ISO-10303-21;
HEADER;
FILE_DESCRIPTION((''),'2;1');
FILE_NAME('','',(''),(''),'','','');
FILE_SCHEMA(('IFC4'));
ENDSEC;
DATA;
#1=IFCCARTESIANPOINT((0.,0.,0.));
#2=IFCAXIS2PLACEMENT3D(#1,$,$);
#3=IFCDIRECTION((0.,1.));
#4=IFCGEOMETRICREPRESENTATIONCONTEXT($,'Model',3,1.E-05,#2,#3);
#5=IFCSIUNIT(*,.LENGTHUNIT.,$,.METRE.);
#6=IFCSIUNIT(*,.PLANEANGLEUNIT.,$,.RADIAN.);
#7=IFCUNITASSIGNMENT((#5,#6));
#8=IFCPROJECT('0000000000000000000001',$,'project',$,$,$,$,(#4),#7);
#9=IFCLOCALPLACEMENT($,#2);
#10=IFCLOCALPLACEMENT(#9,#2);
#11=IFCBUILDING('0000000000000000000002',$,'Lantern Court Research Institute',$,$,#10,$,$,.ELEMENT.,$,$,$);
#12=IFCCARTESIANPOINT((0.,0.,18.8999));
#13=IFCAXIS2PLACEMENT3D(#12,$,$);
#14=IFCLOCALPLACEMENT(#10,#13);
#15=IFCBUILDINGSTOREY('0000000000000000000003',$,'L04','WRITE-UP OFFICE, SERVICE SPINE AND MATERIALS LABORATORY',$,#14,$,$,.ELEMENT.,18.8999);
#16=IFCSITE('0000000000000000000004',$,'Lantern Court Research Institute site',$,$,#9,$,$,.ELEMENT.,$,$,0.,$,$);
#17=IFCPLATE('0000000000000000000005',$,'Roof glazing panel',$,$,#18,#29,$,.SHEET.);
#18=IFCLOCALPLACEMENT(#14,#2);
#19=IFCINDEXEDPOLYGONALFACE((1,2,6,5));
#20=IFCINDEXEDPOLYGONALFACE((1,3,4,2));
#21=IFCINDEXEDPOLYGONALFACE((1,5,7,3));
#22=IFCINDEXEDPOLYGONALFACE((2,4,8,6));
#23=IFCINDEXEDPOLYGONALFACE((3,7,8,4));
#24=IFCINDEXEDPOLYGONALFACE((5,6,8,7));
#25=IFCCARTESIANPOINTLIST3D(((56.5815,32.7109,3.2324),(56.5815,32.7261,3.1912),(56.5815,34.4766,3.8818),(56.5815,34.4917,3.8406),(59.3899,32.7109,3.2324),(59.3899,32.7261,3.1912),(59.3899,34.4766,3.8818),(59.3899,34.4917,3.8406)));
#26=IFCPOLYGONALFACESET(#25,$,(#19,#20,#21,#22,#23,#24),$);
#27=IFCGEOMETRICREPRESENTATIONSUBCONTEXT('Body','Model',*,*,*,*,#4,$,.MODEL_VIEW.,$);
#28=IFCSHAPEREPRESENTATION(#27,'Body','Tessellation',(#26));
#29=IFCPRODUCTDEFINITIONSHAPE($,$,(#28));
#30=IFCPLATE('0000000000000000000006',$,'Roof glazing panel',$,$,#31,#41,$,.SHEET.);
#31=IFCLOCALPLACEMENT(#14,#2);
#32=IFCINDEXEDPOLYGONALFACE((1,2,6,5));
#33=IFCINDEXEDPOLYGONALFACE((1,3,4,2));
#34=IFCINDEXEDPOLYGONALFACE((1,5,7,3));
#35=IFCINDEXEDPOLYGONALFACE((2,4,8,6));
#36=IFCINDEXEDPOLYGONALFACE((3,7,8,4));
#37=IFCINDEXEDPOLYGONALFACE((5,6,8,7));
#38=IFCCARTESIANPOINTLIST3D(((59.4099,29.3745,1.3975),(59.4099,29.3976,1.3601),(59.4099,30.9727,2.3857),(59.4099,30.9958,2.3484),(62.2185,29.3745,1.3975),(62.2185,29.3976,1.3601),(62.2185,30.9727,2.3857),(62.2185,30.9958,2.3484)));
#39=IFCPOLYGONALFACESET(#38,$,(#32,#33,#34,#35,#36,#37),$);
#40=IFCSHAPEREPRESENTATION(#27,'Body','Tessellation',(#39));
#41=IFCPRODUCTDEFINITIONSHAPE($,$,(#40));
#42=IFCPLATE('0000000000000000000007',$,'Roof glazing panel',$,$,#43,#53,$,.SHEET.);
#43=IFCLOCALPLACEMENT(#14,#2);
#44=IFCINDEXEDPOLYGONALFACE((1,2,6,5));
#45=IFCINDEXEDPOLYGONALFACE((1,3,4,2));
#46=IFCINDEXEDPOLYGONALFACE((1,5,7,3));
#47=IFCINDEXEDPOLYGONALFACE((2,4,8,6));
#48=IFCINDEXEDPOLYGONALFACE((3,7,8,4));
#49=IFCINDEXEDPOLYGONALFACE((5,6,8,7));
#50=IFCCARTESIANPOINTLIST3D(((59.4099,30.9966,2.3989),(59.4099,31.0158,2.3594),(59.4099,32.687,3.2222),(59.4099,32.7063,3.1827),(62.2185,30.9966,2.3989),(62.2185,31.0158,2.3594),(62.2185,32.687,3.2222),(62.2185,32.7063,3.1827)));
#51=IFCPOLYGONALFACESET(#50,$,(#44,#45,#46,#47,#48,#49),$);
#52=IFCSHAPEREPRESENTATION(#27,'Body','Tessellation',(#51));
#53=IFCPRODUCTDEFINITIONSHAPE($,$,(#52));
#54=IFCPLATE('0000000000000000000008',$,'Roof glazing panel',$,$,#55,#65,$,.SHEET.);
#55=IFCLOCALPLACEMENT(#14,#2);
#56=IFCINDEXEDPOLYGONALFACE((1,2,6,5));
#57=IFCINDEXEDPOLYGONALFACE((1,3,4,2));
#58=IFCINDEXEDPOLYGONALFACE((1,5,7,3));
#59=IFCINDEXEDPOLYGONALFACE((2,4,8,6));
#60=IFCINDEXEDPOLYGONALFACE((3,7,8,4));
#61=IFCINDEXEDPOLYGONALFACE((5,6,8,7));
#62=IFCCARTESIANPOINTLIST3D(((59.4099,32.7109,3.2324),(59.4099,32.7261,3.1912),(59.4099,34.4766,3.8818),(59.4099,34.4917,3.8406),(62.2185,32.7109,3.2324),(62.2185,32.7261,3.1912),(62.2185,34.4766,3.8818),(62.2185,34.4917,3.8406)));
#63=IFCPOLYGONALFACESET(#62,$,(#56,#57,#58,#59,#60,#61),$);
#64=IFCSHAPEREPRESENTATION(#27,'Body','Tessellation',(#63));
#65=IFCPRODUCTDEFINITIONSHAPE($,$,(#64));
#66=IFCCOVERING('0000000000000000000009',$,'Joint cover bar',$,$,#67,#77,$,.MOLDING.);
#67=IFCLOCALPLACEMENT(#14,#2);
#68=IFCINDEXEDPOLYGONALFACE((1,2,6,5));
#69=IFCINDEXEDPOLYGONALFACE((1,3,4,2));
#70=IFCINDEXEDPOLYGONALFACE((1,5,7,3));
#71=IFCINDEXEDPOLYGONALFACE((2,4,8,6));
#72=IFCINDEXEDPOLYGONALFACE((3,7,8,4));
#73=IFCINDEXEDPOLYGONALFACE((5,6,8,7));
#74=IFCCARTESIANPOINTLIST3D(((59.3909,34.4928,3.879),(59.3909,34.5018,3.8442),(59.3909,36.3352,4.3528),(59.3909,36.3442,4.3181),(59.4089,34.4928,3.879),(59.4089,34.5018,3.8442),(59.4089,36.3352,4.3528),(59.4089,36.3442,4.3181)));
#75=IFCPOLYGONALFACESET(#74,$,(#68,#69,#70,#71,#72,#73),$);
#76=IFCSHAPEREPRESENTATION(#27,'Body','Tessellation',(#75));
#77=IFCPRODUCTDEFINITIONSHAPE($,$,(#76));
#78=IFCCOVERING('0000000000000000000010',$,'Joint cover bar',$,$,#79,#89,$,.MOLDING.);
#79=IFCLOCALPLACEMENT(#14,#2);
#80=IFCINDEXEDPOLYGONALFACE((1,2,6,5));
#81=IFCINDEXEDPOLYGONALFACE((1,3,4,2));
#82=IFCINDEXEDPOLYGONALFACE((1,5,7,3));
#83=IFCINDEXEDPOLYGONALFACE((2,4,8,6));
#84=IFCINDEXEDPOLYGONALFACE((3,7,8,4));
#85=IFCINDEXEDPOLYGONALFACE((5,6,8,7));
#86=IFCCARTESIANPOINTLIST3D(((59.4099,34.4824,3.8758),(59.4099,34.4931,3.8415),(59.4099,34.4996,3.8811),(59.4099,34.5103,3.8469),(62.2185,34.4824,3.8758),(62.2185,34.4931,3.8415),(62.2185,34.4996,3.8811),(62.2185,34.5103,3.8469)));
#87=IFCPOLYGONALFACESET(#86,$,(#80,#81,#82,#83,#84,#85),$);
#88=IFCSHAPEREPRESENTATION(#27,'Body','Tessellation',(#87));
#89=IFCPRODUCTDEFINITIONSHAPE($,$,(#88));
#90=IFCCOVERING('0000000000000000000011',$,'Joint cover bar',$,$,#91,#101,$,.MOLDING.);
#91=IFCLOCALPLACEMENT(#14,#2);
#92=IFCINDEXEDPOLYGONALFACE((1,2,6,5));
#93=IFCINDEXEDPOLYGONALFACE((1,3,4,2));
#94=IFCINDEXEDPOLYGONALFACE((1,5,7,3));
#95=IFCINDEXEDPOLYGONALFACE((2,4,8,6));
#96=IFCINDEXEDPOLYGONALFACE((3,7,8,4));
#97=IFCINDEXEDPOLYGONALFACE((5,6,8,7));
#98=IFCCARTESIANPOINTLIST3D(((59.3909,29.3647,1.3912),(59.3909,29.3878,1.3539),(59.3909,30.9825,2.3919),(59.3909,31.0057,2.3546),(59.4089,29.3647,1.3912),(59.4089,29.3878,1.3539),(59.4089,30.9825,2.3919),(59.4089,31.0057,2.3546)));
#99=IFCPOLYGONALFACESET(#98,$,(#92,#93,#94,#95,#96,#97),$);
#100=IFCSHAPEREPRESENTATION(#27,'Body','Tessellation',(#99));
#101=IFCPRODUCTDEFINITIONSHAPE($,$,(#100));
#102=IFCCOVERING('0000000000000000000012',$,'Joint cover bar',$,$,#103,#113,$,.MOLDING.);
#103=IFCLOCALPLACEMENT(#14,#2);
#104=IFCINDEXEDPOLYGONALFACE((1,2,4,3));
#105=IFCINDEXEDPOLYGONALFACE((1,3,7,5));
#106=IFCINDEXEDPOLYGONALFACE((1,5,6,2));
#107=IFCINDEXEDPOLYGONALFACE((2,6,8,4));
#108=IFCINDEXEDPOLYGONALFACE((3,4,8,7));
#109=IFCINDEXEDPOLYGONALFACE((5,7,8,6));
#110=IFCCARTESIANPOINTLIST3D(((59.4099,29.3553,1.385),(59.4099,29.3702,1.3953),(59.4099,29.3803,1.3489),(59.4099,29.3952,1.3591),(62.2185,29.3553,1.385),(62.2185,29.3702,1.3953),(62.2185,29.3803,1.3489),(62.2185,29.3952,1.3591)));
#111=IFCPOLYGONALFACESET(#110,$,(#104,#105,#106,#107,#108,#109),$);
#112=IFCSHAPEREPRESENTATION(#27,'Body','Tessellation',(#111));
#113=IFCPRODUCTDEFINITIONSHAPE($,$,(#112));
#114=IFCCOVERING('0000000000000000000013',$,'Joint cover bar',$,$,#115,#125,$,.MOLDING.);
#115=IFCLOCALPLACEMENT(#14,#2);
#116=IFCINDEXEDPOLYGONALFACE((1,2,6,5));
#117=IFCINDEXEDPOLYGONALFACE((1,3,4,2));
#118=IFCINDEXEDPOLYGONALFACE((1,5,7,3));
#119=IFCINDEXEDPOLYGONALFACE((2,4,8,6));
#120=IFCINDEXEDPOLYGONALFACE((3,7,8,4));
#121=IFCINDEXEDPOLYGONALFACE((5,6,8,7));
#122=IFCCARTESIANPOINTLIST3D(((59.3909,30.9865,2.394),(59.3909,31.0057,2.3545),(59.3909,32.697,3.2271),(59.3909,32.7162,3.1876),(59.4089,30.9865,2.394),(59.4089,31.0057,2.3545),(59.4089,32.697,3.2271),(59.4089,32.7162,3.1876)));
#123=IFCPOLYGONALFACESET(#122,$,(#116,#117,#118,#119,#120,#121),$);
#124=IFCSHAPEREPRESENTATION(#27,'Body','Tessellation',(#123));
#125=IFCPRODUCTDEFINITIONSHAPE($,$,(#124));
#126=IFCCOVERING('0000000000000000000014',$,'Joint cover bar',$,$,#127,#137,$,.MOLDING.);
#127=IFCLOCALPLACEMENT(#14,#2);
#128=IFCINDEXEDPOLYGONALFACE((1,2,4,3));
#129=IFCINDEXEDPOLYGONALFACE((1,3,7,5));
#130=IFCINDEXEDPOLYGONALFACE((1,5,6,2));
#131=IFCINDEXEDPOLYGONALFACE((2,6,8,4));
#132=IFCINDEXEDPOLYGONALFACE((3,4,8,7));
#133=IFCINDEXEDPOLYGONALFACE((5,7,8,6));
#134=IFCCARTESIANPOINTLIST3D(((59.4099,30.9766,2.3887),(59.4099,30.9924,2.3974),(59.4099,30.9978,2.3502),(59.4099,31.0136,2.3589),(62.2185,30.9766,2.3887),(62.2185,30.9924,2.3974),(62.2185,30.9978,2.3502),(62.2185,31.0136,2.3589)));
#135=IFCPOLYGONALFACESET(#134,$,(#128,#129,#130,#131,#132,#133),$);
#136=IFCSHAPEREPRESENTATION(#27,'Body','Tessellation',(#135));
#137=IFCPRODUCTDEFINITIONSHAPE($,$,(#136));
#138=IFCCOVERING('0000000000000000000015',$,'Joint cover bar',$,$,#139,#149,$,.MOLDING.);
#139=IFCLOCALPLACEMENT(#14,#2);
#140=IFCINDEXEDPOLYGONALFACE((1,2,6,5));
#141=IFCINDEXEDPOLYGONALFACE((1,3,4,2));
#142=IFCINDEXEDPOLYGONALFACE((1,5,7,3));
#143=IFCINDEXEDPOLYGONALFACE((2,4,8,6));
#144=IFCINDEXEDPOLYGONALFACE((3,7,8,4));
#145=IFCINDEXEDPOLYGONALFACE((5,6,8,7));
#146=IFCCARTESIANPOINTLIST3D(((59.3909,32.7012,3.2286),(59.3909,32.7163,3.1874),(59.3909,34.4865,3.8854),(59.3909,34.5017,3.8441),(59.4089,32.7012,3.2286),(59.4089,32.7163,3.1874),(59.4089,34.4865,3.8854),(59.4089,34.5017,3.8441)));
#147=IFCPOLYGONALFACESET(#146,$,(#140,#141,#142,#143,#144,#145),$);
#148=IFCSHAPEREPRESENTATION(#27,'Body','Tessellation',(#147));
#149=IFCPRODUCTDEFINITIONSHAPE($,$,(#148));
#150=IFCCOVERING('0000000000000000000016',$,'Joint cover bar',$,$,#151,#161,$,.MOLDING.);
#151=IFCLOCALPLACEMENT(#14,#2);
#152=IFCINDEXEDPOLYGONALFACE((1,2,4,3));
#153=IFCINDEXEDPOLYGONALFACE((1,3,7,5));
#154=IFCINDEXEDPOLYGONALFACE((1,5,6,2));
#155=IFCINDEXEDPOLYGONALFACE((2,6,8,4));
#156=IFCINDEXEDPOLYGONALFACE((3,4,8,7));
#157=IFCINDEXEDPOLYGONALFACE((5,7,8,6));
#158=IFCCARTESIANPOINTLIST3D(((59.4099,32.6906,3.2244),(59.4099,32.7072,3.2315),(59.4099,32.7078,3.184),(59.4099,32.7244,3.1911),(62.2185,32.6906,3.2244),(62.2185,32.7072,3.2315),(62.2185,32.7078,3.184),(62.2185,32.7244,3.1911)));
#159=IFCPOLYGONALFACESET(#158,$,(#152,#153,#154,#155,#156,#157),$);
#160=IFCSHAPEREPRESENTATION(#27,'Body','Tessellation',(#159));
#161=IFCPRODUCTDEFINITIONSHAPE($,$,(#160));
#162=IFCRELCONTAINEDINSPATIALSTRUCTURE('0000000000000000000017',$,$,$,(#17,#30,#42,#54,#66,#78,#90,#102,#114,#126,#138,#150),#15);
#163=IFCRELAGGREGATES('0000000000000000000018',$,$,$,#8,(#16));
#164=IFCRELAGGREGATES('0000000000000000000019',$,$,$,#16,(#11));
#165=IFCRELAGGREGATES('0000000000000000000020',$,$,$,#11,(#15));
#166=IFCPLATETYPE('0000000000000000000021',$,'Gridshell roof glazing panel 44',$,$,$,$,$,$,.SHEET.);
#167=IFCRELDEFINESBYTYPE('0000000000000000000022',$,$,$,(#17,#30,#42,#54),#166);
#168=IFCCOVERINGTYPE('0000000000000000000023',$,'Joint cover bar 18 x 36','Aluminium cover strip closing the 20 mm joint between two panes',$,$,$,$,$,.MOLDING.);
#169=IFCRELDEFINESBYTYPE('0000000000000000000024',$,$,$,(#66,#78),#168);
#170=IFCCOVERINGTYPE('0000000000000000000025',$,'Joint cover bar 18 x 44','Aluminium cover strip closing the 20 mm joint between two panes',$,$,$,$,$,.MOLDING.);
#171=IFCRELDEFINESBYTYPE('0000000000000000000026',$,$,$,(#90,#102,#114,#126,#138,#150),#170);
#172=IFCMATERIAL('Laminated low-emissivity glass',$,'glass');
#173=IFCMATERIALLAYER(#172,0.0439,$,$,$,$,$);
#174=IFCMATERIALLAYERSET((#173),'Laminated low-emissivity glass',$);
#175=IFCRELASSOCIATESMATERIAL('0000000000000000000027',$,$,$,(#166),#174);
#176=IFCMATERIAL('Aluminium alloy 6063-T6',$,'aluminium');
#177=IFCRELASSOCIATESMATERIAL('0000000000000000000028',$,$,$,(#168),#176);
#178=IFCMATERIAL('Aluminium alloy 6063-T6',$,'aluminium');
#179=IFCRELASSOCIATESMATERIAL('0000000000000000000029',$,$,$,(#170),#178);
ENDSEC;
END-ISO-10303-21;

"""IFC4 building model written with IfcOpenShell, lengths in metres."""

from ifc_helpers import new_model, si_unit, direction, frame, origin, origin_2d, place, context, subcontext, project, spatial, polyline, rectangle, outline, extrude, material, layer, layer_set, material_profile, profile_set, type_object, element, save


model = new_model("IFC4")

# Units and contexts
model_context = context("Model", 3, precision=1e-05, world=origin(), true_north=direction((0.0, 1.0)))
body_context = subcontext(model_context, "Body", "Model", "MODEL_VIEW")
ifc_project = project(units=[si_unit("LENGTHUNIT", "METRE"), si_unit("PLANEANGLEUNIT", "RADIAN")], contexts=[model_context])

# Site, building, storey
site_placement = place(None, origin())
site = spatial("IfcSite", under=ifc_project, at=site_placement, Name="Lantern Court Research Institute site", CompositionType="ELEMENT", RefElevation=0.0)
building_placement = place(site_placement, origin())
building = spatial("IfcBuilding", under=site, at=building_placement, Name="Lantern Court Research Institute", CompositionType="ELEMENT")
storey_placement = place(building_placement, frame((0.0, 0.0, 18.8999)))
storey = spatial("IfcBuildingStorey", under=building, at=storey_placement, Name="L04", Description="WRITE-UP OFFICE, SERVICE SPINE AND MATERIALS LABORATORY", CompositionType="ELEMENT", Elevation=18.8999)

# Plates
ifc_material_1 = material(Name="Laminated low-emissivity glass", Category="glass")
ifc_layer_1 = layer(ifc_material_1, 0.0439)
ifc_layer_set_1 = layer_set([ifc_layer_1], Name="Laminated low-emissivity glass")
plate_type_1 = type_object("IfcPlateType", Name="Gridshell roof glazing panel 44", PredefinedType="SHEET", material=ifc_layer_set_1)
plate_1_placement = place(storey_placement, frame((59.3899, 32.7109, 3.2324), z_axis=(0.0, -0.3452, 0.938529), x_axis=(-1.0, 0.0, 0.0)))
element("IfcPlate", 1, at=plate_1_placement, inside=storey, type_object=plate_type_1, Name="Roof glazing panel", PredefinedType="SHEET", context=body_context, shape_type="SweptSolid", body=[
    extrude(outline(polyline([(0.0, 0.0), (2.8083, 0.0), (2.8083, -1.8813), (0.0, -1.8813), (0.0, 0.0)])), origin(), (0.0, 0.0, -1.0), 0.0439),
])
plate_2_placement = place(storey_placement, frame((62.2185, 29.3745, 1.3975), z_axis=(0.0, -0.525952, 0.850514), x_axis=(-1.0, 0.0, 0.0)))
element("IfcPlate", 2, at=plate_2_placement, inside=storey, type_object=plate_type_1, Name="Roof glazing panel", PredefinedType="SHEET", context=body_context, shape_type="SweptSolid", body=[
    extrude(outline(polyline([(0.0, 0.0), (2.8086, 0.0), (2.8086, -1.879), (0.0, -1.879), (0.0, 0.0)])), origin(), (0.0, 0.0, -1.0), 0.0439),
])
plate_3_placement = place(storey_placement, frame((62.2185, 30.9966, 2.3989), z_axis=(0.0, -0.43784, 0.899053), x_axis=(-1.0, 0.0, 0.0)))
element("IfcPlate", 3, at=plate_3_placement, inside=storey, type_object=plate_type_1, Name="Roof glazing panel", PredefinedType="SHEET", context=body_context, shape_type="SweptSolid", body=[
    extrude(outline(polyline([(0.0, 0.0), (2.8086, 0.0), (2.8086, -1.8802), (0.0, -1.8802), (0.0, 0.0)])), origin(), (0.0, 0.0, -1.0), 0.0439),
])
plate_4_placement = place(storey_placement, frame((62.2185, 32.7109, 3.2324), z_axis=(0.0, -0.3452, 0.938529), x_axis=(-1.0, 0.0, 0.0)))
element("IfcPlate", 4, at=plate_4_placement, inside=storey, type_object=plate_type_1, Name="Roof glazing panel", PredefinedType="SHEET", context=body_context, shape_type="SweptSolid", body=[
    extrude(outline(polyline([(0.0, 0.0), (2.8086, 0.0), (2.8086, -1.8813), (0.0, -1.8813), (0.0, 0.0)])), origin(), (0.0, 0.0, -1.0), 0.0439),
])

# Coverings
ifc_material_2 = material(Name="Aluminium alloy 6063-T6", Category="aluminium")
ifc_material_profile_1 = material_profile(ifc_material_2, rectangle(XDim=0.0181, YDim=0.0359, at=origin_2d()), Name="Joint cover bar 18 x 36")
ifc_profile_set_1 = profile_set([ifc_material_profile_1], Name="Aluminium alloy 6063-T6")
covering_type_1 = type_object("IfcCoveringType", Name="Joint cover bar 18 x 36", Description="Aluminium cover strip closing the 20 mm joint between two panes", PredefinedType="MOLDING", material=ifc_profile_set_1)
covering_1_placement = place(storey_placement, frame((59.3999, 34.4973, 3.8616), z_axis=(0.0, 0.968474, 0.249113), x_axis=(-1.0, 0.0, 0.0)))
element("IfcCovering", 5, at=covering_1_placement, inside=storey, type_object=covering_type_1, Name="Joint cover bar", PredefinedType="MOLDING", context=body_context, shape_type="SweptSolid", body=[
    extrude(rectangle(XDim=0.0181, YDim=0.0359, at=origin_2d()), origin(), (0.0, 0.0, 1.0), 1.9023),
])
covering_2_placement = place(storey_placement, frame((59.4099, 34.4963, 3.8613), z_axis=(1.0, 0.0, 0.0), x_axis=(0.0, 0.954713, 0.297528)))
element("IfcCovering", 6, at=covering_2_placement, inside=storey, type_object=covering_type_1, Name="Joint cover bar", PredefinedType="MOLDING", context=body_context, shape_type="SweptSolid", body=[
    extrude(rectangle(XDim=0.0181, YDim=0.0359, at=origin_2d()), origin(), (0.0, 0.0, 1.0), 2.8086),
])
ifc_material_3 = material(Name="Aluminium alloy 6063-T6", Category="aluminium")
ifc_material_profile_2 = material_profile(ifc_material_3, rectangle(XDim=0.0181, YDim=0.0439, at=origin_2d()), Name="Joint cover bar 18 x 44")
ifc_profile_set_2 = profile_set([ifc_material_profile_2], Name="Aluminium alloy 6063-T6")
covering_type_2 = type_object("IfcCoveringType", Name="Joint cover bar 18 x 44", Description="Aluminium cover strip closing the 20 mm joint between two panes", PredefinedType="MOLDING", material=ifc_profile_set_2)
covering_3_placement = place(storey_placement, frame((59.3999, 29.3762, 1.3726), z_axis=(0.0, 0.850462, 0.526036), x_axis=(-1.0, 0.0, 0.0)))
element("IfcCovering", 7, at=covering_3_placement, inside=storey, type_object=covering_type_2, Name="Joint cover bar", PredefinedType="MOLDING", context=body_context, shape_type="SweptSolid", body=[
    extrude(rectangle(XDim=0.0181, YDim=0.0439, at=origin_2d()), origin(), (0.0, 0.0, 1.0), 1.9023),
])
covering_4_placement = place(storey_placement, frame((59.4099, 29.3752, 1.3721), z_axis=(1.0, 0.0, 0.0), x_axis=(0.0, 0.822954, 0.568108)))
element("IfcCovering", 8, at=covering_4_placement, inside=storey, type_object=covering_type_2, Name="Joint cover bar", PredefinedType="MOLDING", context=body_context, shape_type="SweptSolid", body=[
    extrude(rectangle(XDim=0.0181, YDim=0.0439, at=origin_2d()), origin(), (0.0, 0.0, 1.0), 2.8086),
])
covering_5_placement = place(storey_placement, frame((59.3999, 30.9961, 2.3743), z_axis=(0.0, 0.899049, 0.437847), x_axis=(-1.0, 0.0, 0.0)))
element("IfcCovering", 9, at=covering_5_placement, inside=storey, type_object=covering_type_2, Name="Joint cover bar", PredefinedType="MOLDING", context=body_context, shape_type="SweptSolid", body=[
    extrude(rectangle(XDim=0.0181, YDim=0.0439, at=origin_2d()), origin(), (0.0, 0.0, 1.0), 1.9026),
])
covering_6_placement = place(storey_placement, frame((59.4099, 30.9951, 2.3738), z_axis=(1.0, 0.0, 0.0), x_axis=(0.0, 0.875897, 0.482497)))
element("IfcCovering", 10, at=covering_6_placement, inside=storey, type_object=covering_type_2, Name="Joint cover bar", PredefinedType="MOLDING", context=body_context, shape_type="SweptSolid", body=[
    extrude(rectangle(XDim=0.0181, YDim=0.0439, at=origin_2d()), origin(), (0.0, 0.0, 1.0), 2.8086),
])
covering_7_placement = place(storey_placement, frame((59.3999, 32.7087, 3.208), z_axis=(0.0, 0.93852, 0.345224), x_axis=(-1.0, 0.0, 0.0)))
element("IfcCovering", 11, at=covering_7_placement, inside=storey, type_object=covering_type_2, Name="Joint cover bar", PredefinedType="MOLDING", context=body_context, shape_type="SweptSolid", body=[
    extrude(rectangle(XDim=0.0181, YDim=0.0439, at=origin_2d()), origin(), (0.0, 0.0, 1.0), 1.9023),
])
covering_8_placement = place(storey_placement, frame((59.4099, 32.7075, 3.2078), z_axis=(1.0, 0.0, 0.0), x_axis=(0.0, 0.919966, 0.391999)))
element("IfcCovering", 12, at=covering_8_placement, inside=storey, type_object=covering_type_2, Name="Joint cover bar", PredefinedType="MOLDING", context=body_context, shape_type="SweptSolid", body=[
    extrude(rectangle(XDim=0.0181, YDim=0.0439, at=origin_2d()), origin(), (0.0, 0.0, 1.0), 2.8086),
])

save(model, "model.ifc")
